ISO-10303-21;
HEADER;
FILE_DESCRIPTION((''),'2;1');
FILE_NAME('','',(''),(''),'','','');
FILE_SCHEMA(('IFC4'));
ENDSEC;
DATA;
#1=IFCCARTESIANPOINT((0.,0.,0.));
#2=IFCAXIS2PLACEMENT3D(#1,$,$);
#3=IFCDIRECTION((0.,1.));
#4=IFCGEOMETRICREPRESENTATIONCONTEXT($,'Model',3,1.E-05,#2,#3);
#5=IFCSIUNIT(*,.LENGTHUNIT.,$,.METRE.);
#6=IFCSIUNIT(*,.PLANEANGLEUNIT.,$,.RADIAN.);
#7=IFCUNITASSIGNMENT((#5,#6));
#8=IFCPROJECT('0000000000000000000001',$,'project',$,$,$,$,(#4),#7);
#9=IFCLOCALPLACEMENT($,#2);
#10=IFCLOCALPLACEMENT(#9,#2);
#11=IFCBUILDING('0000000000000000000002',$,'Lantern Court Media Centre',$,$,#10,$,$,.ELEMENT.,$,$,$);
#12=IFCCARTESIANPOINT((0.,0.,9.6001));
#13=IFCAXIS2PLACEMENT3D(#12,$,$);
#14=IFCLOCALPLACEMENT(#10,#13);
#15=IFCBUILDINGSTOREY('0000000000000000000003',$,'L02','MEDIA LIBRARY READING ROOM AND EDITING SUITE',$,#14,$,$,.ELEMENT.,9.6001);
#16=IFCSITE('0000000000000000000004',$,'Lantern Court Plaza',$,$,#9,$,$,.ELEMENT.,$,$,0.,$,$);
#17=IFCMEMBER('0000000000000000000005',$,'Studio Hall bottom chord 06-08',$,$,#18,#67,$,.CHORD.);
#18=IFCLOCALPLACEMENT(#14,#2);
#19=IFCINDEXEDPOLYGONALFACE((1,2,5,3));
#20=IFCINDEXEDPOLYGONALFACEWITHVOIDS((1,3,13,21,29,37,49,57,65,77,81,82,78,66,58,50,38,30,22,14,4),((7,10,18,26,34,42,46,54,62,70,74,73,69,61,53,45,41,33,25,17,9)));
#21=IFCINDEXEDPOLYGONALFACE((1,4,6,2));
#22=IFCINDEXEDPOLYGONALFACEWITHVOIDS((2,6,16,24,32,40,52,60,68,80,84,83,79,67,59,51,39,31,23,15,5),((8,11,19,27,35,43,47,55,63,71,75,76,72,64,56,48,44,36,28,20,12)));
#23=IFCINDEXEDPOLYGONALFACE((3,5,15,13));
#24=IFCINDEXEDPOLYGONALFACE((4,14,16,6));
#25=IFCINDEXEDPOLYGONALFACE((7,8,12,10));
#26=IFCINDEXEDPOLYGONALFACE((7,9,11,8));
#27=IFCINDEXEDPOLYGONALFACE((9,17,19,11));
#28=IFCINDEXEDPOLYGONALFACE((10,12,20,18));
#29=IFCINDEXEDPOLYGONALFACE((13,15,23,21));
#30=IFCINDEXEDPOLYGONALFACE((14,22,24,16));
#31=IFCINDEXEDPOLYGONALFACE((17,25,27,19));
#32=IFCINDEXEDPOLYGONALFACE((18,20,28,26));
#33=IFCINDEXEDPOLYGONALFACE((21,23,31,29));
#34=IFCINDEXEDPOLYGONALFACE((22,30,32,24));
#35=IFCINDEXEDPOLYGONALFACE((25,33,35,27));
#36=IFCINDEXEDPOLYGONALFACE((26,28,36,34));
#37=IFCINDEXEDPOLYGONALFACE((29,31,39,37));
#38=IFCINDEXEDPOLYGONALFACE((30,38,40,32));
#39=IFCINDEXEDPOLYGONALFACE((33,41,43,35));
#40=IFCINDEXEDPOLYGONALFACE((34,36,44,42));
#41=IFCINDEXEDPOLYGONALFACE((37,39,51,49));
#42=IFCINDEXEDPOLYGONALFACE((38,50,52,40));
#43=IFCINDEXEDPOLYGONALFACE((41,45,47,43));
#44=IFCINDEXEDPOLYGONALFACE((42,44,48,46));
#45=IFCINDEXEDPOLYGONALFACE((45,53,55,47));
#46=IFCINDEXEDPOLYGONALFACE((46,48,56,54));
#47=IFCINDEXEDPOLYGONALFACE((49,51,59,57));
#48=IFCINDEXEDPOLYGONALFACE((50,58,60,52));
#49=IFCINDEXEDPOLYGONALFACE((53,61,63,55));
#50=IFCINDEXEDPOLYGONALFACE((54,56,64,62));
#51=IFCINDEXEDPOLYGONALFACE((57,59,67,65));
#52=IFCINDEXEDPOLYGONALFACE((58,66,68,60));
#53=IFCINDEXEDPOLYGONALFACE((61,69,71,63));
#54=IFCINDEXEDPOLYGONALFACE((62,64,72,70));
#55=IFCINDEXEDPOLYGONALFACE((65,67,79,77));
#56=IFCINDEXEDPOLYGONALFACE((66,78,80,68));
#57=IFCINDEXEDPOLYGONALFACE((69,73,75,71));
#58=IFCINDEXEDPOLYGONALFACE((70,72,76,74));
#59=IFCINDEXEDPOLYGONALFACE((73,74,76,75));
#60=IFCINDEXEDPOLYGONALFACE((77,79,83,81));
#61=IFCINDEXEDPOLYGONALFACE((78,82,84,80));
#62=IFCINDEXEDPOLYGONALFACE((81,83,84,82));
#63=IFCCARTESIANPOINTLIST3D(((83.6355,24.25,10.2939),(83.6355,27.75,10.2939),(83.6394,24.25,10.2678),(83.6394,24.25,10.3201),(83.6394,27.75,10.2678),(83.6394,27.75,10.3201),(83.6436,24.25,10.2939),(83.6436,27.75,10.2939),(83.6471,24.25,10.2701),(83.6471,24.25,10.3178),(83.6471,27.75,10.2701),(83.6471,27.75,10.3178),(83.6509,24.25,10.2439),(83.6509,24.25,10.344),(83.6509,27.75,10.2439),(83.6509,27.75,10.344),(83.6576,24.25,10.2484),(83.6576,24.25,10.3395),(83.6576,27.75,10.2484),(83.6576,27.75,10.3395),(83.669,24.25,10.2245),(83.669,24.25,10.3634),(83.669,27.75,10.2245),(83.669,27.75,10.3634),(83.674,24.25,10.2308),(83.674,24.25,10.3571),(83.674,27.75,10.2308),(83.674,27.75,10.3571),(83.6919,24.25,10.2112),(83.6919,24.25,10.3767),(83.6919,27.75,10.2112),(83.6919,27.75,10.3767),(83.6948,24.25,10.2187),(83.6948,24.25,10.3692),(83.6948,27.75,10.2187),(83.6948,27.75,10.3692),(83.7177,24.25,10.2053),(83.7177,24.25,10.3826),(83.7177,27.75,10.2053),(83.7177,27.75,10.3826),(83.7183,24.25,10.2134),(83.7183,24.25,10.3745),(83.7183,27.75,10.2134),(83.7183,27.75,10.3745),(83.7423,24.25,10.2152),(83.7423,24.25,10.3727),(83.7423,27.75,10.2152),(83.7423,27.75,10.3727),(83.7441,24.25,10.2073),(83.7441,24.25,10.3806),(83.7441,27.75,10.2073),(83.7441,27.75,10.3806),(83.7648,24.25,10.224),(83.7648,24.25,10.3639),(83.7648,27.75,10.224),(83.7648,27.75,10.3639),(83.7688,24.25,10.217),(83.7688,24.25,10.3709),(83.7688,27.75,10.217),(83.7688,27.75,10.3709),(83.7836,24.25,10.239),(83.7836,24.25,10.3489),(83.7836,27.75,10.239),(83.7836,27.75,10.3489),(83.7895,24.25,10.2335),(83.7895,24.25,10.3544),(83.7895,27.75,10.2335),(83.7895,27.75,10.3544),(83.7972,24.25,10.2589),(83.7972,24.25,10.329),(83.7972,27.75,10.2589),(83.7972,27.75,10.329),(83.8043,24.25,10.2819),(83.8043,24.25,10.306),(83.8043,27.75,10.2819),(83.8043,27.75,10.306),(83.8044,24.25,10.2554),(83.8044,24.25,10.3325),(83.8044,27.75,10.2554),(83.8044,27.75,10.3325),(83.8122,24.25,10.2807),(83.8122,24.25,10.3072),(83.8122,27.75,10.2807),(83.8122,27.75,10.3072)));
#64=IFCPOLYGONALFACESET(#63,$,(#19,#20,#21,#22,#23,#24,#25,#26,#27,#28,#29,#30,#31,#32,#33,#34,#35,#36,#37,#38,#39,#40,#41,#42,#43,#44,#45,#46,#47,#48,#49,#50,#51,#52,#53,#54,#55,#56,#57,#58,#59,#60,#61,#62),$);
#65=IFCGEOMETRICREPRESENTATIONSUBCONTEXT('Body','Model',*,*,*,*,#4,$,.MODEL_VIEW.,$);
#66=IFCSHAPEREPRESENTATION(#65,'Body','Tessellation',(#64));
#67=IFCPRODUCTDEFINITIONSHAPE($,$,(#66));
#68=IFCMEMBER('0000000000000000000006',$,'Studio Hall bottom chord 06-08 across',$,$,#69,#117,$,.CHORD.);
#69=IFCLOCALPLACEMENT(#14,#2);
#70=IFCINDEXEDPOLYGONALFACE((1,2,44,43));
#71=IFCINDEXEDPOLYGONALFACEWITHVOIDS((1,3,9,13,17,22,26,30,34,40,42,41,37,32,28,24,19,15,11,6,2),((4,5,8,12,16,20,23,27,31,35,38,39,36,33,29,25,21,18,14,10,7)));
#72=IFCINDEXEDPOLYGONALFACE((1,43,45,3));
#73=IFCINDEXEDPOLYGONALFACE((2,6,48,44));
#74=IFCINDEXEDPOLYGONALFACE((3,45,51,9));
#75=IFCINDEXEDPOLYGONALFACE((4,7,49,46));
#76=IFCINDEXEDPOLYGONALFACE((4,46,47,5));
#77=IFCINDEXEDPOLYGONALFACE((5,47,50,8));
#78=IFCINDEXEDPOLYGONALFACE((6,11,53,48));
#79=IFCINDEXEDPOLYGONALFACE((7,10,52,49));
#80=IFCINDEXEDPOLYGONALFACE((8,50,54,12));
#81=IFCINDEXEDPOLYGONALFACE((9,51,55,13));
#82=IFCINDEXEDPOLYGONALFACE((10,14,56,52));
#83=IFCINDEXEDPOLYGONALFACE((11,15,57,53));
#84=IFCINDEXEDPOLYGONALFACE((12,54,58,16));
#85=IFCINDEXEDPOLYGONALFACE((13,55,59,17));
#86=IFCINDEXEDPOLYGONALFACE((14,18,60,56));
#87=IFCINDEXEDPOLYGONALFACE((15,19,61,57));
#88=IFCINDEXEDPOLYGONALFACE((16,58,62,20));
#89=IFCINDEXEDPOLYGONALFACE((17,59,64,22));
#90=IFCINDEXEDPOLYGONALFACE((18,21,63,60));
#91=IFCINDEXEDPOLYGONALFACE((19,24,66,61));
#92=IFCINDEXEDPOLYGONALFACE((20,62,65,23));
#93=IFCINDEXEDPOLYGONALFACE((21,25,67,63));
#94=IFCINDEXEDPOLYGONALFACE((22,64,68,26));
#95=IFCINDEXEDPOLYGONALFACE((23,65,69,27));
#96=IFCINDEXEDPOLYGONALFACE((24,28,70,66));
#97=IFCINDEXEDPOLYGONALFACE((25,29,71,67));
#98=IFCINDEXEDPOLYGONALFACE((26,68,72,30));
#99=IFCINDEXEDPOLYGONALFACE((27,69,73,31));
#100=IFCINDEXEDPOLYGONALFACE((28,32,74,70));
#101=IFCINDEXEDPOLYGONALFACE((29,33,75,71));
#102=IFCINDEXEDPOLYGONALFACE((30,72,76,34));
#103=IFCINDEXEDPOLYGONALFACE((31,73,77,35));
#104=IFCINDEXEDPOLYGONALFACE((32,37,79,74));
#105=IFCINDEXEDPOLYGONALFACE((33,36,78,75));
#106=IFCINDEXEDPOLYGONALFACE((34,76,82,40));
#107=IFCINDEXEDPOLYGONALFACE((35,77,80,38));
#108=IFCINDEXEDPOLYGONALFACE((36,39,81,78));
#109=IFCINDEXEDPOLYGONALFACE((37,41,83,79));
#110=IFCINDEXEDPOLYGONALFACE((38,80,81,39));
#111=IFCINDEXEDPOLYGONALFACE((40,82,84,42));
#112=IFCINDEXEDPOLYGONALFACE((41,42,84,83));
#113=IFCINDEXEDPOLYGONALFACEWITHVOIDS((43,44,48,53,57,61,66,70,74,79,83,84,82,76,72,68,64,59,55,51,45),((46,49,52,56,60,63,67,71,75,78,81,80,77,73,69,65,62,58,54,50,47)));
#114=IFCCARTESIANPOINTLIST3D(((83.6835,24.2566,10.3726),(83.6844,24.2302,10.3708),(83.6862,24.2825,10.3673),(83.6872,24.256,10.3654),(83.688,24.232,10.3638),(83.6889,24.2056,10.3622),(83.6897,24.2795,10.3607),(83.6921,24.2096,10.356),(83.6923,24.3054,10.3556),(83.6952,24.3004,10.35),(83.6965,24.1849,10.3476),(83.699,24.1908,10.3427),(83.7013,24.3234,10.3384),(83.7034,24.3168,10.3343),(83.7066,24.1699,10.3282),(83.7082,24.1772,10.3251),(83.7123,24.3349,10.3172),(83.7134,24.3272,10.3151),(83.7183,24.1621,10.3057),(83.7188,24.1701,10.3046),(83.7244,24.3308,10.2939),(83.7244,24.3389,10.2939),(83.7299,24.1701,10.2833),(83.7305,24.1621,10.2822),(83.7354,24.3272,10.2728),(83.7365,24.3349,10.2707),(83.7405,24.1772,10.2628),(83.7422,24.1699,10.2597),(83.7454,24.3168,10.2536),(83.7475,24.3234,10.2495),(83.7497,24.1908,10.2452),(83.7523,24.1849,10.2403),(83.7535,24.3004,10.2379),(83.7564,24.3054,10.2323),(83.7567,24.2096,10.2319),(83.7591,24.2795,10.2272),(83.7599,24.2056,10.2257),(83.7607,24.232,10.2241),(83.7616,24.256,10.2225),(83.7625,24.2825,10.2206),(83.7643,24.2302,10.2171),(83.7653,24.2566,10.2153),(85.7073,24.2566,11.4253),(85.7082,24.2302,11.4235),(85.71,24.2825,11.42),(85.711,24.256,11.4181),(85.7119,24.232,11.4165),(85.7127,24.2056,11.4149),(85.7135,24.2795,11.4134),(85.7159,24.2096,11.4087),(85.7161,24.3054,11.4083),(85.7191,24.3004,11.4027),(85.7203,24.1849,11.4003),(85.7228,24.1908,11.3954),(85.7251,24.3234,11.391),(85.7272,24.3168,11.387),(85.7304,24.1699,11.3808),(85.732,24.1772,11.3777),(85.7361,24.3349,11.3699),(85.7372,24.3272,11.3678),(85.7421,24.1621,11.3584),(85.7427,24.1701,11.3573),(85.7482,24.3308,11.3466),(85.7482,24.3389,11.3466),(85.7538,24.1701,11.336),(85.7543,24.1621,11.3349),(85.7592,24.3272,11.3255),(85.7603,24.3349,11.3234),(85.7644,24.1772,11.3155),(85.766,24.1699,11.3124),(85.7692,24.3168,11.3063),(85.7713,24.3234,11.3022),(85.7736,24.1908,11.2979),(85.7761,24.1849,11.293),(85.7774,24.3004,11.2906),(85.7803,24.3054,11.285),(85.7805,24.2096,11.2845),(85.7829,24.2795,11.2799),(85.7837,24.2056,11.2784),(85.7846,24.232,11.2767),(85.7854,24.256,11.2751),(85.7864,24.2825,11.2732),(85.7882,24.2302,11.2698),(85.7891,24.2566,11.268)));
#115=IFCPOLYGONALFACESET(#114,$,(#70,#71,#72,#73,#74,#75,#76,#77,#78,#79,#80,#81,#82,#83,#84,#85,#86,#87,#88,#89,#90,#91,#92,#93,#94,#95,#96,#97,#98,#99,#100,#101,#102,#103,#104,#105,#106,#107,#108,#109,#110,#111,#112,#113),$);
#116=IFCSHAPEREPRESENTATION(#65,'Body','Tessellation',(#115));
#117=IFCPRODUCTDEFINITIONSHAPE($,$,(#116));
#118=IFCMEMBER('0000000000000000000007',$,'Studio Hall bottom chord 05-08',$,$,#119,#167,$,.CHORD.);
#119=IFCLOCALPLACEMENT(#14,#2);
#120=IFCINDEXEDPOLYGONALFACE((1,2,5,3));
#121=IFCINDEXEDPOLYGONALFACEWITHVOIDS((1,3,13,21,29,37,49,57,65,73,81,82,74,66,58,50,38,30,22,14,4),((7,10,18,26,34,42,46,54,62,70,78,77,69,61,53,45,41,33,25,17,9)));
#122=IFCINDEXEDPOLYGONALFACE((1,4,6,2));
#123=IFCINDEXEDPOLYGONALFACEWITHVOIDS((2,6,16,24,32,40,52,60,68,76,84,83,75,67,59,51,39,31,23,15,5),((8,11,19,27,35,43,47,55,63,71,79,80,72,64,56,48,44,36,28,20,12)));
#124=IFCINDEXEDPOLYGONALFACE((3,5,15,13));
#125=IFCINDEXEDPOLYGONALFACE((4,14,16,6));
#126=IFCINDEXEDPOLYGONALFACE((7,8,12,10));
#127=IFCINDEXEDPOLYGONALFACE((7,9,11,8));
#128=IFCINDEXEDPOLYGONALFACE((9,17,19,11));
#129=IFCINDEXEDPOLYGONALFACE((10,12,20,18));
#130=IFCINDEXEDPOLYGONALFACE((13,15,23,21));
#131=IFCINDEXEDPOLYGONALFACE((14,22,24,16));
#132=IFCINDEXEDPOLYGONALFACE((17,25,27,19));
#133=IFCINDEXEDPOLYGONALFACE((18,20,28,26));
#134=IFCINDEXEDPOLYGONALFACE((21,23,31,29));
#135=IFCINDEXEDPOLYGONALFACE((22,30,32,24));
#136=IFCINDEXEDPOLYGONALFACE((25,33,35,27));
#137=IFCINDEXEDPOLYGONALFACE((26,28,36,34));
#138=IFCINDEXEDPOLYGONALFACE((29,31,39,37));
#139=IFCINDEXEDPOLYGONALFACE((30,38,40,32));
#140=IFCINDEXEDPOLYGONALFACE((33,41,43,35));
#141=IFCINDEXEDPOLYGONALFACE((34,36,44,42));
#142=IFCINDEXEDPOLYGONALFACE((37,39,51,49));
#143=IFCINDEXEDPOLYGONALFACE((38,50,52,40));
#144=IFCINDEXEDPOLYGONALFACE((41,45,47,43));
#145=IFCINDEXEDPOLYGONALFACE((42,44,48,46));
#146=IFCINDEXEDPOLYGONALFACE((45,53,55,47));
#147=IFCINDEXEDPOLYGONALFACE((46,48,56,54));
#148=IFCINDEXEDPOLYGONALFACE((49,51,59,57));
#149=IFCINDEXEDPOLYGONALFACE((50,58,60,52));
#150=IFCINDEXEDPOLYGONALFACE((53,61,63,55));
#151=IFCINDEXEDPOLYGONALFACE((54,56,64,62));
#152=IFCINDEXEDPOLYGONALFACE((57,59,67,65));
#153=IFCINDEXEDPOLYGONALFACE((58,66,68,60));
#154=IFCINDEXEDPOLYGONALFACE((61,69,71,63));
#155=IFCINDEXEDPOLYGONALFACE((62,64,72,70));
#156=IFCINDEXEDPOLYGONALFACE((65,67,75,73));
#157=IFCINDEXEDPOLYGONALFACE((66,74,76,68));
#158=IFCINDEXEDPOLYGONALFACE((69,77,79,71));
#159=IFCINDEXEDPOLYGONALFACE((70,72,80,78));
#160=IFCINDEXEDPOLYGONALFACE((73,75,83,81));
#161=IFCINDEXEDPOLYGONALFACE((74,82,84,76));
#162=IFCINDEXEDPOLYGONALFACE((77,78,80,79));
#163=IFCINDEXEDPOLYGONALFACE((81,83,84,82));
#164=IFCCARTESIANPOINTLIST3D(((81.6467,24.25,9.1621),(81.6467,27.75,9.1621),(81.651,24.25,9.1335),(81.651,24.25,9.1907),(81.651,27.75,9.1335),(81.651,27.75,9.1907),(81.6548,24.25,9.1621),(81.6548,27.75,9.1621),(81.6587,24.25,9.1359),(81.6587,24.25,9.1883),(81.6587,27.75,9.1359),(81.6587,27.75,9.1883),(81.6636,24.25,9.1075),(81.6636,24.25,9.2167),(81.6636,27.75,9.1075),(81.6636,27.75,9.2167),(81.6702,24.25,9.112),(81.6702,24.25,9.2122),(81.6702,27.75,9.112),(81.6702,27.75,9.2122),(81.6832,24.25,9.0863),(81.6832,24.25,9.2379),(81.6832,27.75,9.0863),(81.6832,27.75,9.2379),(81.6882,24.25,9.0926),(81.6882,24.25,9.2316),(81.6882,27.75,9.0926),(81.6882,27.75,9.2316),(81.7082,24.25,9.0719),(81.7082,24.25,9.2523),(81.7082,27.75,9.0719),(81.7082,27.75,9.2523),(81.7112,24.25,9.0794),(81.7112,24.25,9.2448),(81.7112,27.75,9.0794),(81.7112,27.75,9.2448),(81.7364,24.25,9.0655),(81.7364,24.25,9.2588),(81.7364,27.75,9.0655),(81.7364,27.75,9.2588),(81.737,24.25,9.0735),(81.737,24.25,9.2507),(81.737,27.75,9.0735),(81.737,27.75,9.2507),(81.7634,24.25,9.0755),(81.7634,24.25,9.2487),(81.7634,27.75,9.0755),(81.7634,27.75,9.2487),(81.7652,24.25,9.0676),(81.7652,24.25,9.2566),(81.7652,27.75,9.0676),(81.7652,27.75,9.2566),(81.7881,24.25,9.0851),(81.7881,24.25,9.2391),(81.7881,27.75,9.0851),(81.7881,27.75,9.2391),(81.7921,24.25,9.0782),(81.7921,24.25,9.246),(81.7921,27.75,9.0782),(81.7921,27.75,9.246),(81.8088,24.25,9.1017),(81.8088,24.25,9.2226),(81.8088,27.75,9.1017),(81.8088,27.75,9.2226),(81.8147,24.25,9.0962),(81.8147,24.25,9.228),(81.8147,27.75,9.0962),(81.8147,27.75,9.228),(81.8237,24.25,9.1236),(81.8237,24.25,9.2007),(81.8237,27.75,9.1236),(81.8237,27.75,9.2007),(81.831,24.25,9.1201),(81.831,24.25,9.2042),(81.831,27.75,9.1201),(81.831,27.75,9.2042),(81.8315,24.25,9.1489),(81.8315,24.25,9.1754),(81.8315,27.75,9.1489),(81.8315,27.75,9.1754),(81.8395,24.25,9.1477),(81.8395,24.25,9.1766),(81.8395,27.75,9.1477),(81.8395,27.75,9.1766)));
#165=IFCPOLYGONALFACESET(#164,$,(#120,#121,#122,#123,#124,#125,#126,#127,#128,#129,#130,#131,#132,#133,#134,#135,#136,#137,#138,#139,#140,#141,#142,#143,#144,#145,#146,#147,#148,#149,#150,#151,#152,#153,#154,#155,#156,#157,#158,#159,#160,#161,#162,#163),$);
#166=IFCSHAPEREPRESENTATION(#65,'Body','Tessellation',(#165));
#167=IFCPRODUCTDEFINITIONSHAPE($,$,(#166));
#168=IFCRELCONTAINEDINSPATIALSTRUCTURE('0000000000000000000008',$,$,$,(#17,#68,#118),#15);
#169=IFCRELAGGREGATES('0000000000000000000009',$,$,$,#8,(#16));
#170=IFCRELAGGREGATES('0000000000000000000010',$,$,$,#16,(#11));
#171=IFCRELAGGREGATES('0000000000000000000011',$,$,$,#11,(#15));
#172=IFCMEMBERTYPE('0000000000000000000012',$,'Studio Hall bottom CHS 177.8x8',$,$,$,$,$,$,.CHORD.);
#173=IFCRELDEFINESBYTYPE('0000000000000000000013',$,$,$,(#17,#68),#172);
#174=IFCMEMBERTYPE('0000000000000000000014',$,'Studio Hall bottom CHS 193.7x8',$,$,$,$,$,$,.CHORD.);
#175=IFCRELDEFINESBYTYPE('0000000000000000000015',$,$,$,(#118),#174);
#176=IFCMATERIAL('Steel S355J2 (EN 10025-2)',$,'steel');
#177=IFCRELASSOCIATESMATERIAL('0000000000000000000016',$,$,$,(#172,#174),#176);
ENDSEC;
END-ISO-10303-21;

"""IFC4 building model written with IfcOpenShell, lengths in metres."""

from ifc_helpers import new_model, si_unit, direction, frame, origin, origin_2d, place, context, subcontext, project, spatial, hollow_circle, extrude, material, material_profile, profile_set, type_object, element, save


model = new_model("IFC4")

# Units and contexts
model_context = context("Model", 3, precision=1e-05, world=origin(), true_north=direction((0.0, 1.0)))
body_context = subcontext(model_context, "Body", "Model", "MODEL_VIEW")
ifc_project = project(units=[si_unit("LENGTHUNIT", "METRE"), si_unit("PLANEANGLEUNIT", "RADIAN")], contexts=[model_context])

# Site, building, storey
site_placement = place(None, origin())
site = spatial("IfcSite", under=ifc_project, at=site_placement, Name="Lantern Court Plaza", CompositionType="ELEMENT", RefElevation=0.0)
building_placement = place(site_placement, origin())
building = spatial("IfcBuilding", under=site, at=building_placement, Name="Lantern Court Media Centre", CompositionType="ELEMENT")
storey_placement = place(building_placement, frame((0.0, 0.0, 9.6001)))
storey = spatial("IfcBuildingStorey", under=building, at=storey_placement, Name="L02", Description="MEDIA LIBRARY READING ROOM AND EDITING SUITE", CompositionType="ELEMENT", Elevation=9.6001)

# Members
ifc_material = material(Name="Steel S355J2 (EN 10025-2)", Category="steel")
ifc_material_profile_1 = material_profile(ifc_material, hollow_circle(Radius=0.0889, WallThickness=0.0081, at=origin_2d()), Name="Studio Hall bottom CHS 177.8x8")
ifc_profile_set_1 = profile_set([ifc_material_profile_1], Name="Steel S355J2 (EN 10025-2)")
member_type_1 = type_object("IfcMemberType", Name="Studio Hall bottom CHS 177.8x8", PredefinedType="CHORD", material=ifc_profile_set_1)
member_1_placement = place(storey_placement, frame((83.7244, 24.25, 10.2939), z_axis=(0.0, 1.0, 0.0), x_axis=(-1.0, 0.0, 0.0)))
element("IfcMember", 1, at=member_1_placement, inside=storey, type_object=member_type_1, Name="Studio Hall bottom chord 06-08", PredefinedType="CHORD", context=body_context, shape_type="SweptSolid", body=[
    extrude(hollow_circle(Radius=0.0889, WallThickness=0.0081, at=origin_2d()), origin(), (0.0, 0.0, 1.0), 3.5),
])
member_2_placement = place(storey_placement, frame((83.7244, 24.25, 10.2939), z_axis=(0.887164, 0.0, 0.461454), x_axis=(0.0, 1.0, 0.0)))
element("IfcMember", 2, at=member_2_placement, inside=storey, type_object=member_type_1, Name="Studio Hall bottom chord 06-08 across", PredefinedType="CHORD", context=body_context, shape_type="SweptSolid", body=[
    extrude(hollow_circle(Radius=0.0889, WallThickness=0.0081, at=origin_2d()), origin(), (0.0, 0.0, 1.0), 2.2812),
])
ifc_material_profile_2 = material_profile(ifc_material, hollow_circle(Radius=0.0969, WallThickness=0.0081, at=origin_2d()), Name="Studio Hall bottom CHS 193.7x8")
ifc_profile_set_2 = profile_set([ifc_material_profile_2], Name="Steel S355J2 (EN 10025-2)")
member_type_2 = type_object("IfcMemberType", Name="Studio Hall bottom CHS 193.7x8", PredefinedType="CHORD", material=ifc_profile_set_2)
member_3_placement = place(storey_placement, frame((81.7437, 24.25, 9.1621), z_axis=(0.0, 1.0, 0.0), x_axis=(-1.0, 0.0, 0.0)))
element("IfcMember", 3, at=member_3_placement, inside=storey, type_object=member_type_2, Name="Studio Hall bottom chord 05-08", PredefinedType="CHORD", context=body_context, shape_type="SweptSolid", body=[
    extrude(hollow_circle(Radius=0.0969, WallThickness=0.0081, at=origin_2d()), origin(), (0.0, 0.0, 1.0), 3.5),
])

save(model, "model.ifc")
